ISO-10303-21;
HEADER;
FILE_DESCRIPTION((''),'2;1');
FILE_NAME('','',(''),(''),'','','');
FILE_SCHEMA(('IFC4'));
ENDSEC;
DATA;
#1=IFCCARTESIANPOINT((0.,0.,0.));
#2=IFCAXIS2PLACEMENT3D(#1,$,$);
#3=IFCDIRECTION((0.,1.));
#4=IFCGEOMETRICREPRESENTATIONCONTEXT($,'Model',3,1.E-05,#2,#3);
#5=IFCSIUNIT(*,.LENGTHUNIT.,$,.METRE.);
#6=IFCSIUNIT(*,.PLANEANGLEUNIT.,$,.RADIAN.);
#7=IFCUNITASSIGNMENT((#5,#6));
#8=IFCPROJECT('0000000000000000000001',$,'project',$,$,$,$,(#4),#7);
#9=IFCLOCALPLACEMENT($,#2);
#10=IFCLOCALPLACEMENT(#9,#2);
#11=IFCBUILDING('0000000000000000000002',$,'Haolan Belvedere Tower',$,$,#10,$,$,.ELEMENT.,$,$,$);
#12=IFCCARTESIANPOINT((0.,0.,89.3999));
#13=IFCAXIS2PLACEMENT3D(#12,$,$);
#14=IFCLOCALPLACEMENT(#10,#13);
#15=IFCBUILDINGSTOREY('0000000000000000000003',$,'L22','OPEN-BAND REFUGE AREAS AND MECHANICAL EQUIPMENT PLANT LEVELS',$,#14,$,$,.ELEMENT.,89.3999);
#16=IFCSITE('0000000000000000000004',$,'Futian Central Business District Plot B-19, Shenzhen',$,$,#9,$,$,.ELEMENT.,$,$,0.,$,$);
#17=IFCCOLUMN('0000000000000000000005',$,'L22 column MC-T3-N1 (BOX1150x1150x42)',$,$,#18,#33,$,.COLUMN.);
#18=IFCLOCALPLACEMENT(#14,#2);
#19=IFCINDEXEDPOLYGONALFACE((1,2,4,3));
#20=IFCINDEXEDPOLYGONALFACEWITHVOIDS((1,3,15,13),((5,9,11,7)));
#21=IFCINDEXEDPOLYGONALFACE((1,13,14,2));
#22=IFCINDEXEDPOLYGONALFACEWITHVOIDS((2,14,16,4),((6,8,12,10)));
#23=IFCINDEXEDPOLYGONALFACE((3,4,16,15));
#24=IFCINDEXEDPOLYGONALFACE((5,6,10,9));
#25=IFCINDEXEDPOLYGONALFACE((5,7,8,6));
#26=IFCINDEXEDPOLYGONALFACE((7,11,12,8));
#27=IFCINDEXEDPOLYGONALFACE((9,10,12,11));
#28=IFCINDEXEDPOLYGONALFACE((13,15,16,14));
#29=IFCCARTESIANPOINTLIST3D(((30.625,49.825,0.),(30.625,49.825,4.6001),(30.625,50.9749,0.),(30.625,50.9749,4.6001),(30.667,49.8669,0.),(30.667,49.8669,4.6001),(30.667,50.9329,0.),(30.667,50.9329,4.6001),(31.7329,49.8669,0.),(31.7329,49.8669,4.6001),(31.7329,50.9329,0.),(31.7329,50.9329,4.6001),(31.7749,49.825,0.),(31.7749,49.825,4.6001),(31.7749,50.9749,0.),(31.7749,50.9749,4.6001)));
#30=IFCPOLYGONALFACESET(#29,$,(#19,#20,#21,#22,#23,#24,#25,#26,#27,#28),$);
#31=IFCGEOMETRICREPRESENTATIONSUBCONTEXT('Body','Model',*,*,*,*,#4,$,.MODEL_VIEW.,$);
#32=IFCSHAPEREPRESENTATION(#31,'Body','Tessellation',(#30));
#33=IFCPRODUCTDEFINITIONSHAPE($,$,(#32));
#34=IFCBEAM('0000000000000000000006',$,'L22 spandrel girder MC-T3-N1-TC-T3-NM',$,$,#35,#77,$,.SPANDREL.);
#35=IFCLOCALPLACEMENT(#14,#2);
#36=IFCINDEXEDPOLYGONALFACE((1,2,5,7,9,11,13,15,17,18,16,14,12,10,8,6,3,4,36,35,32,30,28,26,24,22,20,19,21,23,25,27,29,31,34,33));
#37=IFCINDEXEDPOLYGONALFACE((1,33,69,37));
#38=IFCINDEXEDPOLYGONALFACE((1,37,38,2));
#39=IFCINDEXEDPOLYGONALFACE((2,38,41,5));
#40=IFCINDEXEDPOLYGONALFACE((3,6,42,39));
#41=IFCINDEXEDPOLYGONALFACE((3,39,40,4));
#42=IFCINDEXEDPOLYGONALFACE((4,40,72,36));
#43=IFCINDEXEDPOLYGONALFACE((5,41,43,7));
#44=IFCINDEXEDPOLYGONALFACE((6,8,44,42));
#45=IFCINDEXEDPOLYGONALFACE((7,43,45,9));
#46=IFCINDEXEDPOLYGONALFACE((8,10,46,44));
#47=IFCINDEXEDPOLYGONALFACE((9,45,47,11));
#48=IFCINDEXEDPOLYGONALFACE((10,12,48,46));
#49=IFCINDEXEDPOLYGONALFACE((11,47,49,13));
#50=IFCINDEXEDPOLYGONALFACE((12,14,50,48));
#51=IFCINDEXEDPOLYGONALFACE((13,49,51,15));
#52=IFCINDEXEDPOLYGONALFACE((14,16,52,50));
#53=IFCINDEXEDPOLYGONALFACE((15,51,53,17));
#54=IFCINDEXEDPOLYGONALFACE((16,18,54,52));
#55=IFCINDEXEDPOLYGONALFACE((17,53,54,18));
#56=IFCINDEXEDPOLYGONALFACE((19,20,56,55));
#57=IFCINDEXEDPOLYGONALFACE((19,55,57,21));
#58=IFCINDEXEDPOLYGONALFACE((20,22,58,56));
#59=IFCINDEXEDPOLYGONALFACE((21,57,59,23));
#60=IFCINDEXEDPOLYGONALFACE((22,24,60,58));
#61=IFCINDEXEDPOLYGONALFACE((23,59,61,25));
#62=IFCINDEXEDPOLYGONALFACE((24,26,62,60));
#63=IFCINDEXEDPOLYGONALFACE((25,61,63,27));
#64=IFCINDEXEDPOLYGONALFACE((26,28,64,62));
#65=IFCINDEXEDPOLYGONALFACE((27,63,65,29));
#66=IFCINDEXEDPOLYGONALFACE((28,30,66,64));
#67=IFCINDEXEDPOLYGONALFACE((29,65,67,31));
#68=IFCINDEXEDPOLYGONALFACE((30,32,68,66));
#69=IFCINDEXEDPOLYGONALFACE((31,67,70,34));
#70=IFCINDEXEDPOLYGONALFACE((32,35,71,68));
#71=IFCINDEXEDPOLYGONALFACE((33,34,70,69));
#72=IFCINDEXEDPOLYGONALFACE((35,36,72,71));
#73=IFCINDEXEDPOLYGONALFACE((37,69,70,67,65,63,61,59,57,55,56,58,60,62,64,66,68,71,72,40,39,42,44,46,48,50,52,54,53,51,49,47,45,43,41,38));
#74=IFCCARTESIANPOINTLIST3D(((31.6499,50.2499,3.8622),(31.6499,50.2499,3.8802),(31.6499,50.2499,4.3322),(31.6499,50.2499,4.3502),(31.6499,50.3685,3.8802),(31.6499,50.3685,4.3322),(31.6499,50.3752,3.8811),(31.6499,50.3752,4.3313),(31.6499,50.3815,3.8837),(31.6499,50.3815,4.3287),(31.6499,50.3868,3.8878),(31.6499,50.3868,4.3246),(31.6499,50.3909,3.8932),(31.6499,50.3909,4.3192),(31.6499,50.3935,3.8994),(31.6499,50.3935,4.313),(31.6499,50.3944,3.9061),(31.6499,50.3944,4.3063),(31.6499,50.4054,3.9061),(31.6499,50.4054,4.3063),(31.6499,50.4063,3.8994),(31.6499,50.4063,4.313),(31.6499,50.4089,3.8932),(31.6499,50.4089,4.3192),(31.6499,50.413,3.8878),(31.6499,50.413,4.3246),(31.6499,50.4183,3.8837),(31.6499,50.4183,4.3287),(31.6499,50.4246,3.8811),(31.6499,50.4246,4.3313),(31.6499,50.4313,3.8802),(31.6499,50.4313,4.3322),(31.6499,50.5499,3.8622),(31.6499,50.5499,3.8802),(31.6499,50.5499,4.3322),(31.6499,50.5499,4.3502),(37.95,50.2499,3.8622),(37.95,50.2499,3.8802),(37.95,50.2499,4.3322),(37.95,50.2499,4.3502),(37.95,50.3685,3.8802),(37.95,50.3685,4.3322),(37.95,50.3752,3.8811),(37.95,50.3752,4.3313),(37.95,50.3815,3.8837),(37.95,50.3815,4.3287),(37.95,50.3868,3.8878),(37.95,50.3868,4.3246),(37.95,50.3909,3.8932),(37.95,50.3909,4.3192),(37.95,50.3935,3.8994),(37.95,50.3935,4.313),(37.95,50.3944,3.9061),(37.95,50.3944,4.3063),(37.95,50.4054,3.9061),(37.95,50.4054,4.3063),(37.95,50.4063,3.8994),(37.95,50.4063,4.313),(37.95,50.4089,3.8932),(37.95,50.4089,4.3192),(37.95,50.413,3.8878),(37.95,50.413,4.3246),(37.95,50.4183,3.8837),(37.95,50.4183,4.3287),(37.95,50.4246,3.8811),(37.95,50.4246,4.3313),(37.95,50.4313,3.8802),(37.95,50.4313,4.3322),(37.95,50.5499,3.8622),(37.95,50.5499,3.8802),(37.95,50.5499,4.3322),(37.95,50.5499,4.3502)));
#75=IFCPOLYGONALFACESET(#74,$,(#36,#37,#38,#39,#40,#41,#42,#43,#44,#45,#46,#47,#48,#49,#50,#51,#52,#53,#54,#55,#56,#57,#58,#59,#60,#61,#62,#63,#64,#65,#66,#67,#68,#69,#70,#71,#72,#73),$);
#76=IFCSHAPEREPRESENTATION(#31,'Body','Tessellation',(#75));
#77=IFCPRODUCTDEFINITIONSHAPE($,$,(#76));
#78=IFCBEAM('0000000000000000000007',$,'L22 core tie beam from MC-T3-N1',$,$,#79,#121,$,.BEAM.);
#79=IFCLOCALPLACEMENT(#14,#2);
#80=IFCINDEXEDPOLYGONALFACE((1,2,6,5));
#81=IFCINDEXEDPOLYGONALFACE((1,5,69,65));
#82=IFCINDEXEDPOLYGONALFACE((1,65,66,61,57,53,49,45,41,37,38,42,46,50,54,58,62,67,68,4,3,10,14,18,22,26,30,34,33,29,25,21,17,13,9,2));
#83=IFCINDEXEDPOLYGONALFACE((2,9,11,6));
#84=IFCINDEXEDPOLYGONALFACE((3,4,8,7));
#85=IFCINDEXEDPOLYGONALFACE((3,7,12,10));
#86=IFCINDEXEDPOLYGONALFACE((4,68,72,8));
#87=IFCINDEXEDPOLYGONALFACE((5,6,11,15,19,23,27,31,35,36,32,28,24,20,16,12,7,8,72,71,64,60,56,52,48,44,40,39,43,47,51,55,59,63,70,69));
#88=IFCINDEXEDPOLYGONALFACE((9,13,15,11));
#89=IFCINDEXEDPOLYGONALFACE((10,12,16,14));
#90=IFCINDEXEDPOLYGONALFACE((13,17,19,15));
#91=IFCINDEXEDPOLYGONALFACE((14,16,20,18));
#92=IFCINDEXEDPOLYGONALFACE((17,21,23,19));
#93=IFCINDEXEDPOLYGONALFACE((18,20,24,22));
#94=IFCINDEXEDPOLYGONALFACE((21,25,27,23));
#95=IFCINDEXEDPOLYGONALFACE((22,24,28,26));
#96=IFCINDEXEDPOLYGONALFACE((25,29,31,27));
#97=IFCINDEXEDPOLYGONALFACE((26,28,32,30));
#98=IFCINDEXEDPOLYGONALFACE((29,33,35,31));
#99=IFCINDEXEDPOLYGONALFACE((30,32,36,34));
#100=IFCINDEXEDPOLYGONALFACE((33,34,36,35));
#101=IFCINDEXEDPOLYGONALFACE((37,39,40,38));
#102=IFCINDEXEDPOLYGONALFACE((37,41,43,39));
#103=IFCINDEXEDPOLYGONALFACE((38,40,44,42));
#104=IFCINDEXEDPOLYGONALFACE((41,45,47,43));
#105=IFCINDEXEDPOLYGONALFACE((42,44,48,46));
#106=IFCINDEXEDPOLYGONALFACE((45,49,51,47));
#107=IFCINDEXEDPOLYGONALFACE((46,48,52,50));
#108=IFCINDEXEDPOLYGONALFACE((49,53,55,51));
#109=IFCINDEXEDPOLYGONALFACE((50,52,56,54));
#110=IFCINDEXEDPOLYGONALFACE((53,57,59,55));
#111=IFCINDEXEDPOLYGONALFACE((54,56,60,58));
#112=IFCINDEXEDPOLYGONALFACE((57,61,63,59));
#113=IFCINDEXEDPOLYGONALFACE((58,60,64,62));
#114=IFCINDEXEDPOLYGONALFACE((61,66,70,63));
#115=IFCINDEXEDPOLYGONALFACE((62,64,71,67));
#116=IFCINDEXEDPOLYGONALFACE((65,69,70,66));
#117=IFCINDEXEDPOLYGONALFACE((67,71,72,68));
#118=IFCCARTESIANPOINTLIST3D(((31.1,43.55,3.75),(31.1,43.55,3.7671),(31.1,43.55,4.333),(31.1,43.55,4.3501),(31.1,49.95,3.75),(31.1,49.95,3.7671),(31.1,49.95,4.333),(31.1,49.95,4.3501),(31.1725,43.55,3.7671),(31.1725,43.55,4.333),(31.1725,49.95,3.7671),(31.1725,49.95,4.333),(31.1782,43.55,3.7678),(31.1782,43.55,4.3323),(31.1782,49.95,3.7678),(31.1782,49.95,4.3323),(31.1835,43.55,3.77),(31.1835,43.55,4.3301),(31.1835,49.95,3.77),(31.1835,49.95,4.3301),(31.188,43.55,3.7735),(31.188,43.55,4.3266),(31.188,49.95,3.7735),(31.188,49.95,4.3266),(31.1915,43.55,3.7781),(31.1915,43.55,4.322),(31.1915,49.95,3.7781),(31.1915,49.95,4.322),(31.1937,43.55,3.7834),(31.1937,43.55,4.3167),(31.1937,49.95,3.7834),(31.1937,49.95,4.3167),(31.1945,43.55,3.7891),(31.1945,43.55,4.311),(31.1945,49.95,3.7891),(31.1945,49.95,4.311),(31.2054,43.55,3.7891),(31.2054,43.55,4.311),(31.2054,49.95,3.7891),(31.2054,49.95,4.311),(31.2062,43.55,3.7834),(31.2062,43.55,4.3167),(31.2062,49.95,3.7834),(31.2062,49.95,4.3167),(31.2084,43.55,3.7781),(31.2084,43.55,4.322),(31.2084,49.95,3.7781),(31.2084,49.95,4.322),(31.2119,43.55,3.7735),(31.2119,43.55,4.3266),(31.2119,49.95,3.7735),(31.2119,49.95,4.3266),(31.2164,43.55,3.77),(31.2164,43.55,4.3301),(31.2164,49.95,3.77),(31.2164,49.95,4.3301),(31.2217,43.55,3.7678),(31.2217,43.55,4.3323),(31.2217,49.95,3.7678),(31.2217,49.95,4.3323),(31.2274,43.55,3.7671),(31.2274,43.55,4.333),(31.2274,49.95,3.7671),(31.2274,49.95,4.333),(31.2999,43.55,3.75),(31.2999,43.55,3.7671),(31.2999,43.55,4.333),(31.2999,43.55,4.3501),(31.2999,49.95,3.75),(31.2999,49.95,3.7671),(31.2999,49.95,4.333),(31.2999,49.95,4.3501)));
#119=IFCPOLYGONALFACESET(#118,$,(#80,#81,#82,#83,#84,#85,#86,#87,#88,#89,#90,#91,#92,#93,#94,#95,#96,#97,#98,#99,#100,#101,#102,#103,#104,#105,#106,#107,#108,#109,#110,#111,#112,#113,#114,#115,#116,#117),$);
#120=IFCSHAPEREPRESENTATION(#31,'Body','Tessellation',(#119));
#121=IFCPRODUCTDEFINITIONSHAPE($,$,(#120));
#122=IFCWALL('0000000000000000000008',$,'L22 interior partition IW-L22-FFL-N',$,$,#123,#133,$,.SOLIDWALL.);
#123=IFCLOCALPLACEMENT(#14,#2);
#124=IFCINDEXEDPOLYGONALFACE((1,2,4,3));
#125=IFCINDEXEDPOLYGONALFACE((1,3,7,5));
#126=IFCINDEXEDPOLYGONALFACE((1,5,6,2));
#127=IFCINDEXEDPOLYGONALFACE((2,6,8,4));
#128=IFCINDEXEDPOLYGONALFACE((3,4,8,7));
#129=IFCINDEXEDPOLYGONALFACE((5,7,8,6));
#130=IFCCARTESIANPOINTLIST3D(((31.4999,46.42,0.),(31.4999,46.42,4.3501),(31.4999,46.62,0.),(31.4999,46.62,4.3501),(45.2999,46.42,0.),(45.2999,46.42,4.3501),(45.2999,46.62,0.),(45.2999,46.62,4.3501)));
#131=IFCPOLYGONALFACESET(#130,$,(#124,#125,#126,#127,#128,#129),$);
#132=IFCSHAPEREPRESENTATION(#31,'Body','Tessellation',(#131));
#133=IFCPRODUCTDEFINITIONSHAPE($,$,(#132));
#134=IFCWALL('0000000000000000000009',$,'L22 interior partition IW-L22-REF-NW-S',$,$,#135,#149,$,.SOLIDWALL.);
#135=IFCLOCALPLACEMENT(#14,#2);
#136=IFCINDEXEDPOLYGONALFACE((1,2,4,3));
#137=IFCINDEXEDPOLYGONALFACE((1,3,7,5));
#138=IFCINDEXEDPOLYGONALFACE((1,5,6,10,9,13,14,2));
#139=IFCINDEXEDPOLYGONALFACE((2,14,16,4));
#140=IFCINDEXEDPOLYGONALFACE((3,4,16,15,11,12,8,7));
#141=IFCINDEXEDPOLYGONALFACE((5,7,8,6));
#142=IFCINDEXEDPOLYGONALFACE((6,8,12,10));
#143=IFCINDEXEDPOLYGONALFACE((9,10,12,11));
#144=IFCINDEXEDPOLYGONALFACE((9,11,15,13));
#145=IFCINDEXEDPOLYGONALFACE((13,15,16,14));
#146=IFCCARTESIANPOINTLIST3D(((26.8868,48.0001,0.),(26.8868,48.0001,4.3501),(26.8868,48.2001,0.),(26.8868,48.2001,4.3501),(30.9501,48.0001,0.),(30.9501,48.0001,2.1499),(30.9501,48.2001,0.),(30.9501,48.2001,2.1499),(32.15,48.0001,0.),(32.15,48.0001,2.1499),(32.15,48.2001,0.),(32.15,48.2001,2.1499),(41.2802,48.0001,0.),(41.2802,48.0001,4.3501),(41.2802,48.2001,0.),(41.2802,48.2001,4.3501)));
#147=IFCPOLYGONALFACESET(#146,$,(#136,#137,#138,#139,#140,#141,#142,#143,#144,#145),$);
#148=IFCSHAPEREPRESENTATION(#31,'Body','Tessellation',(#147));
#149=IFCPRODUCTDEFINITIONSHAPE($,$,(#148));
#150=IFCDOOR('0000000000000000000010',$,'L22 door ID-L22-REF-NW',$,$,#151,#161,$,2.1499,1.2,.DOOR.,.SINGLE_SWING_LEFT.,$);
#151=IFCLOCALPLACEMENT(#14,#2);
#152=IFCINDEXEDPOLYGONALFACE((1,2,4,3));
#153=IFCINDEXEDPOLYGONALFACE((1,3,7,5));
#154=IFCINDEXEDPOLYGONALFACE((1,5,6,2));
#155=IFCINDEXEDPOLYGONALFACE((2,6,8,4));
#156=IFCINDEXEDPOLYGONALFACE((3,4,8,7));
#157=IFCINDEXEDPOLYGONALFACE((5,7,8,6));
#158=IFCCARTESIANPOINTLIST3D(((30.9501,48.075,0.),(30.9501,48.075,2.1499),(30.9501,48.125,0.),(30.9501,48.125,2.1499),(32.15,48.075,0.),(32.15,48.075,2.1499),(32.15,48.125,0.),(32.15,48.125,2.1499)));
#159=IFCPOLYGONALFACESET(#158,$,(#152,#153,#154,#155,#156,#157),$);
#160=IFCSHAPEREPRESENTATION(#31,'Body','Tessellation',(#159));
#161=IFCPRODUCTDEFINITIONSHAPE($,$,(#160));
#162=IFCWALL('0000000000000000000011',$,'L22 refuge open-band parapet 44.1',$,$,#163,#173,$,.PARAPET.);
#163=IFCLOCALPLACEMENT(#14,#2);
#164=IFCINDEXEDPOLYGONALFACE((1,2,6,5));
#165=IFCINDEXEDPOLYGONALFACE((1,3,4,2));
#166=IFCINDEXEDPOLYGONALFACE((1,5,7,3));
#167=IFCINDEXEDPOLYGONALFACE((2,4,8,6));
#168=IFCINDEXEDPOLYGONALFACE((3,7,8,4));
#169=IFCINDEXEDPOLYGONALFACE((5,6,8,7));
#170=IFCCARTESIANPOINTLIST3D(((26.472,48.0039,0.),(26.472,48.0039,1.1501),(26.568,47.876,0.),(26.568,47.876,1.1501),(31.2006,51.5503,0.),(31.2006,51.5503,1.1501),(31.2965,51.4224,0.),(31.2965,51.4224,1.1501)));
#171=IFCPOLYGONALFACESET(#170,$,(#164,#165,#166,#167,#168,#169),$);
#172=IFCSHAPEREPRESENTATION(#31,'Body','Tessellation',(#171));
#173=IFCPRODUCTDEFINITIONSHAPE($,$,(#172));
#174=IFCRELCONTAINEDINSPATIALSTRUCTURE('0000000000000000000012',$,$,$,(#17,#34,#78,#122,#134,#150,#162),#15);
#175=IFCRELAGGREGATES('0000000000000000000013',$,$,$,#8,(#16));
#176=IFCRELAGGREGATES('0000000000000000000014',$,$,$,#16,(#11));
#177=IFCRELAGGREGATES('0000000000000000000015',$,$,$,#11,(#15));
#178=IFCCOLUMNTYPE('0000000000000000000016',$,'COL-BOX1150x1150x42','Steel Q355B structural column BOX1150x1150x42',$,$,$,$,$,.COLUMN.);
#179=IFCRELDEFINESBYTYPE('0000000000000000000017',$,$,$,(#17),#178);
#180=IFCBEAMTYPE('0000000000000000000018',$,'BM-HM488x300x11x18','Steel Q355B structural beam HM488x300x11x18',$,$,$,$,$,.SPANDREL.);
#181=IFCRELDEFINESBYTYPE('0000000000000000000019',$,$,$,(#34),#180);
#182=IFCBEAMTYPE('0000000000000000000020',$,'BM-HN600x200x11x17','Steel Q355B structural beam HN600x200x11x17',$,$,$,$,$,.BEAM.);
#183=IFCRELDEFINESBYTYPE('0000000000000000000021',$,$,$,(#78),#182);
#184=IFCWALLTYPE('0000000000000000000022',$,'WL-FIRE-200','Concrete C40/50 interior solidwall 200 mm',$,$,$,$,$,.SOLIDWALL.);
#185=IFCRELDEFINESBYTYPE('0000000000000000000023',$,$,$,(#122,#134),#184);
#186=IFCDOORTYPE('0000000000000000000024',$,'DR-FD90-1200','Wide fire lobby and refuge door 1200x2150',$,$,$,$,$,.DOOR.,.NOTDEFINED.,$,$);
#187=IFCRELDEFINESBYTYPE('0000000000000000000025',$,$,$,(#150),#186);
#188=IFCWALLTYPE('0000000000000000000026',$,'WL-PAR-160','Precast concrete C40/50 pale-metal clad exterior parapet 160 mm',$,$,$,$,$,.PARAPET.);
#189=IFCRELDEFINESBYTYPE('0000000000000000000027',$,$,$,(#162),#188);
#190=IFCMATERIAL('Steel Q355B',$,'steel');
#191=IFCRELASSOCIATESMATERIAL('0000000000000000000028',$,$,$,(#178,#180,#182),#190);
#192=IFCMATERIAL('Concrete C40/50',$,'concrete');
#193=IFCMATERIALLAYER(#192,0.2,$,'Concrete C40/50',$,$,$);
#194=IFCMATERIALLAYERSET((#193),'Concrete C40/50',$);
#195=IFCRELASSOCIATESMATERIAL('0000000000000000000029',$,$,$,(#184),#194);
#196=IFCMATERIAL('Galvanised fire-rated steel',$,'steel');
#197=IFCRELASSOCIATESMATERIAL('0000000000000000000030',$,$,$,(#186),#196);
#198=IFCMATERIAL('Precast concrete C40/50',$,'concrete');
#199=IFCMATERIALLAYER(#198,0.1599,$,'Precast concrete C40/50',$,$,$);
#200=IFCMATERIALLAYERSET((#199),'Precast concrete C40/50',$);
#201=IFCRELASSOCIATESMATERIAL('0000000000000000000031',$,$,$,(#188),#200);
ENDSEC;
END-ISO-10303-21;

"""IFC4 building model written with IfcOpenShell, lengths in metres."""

from ifc_helpers import new_model, si_unit, direction, frame, frame_2d, origin, origin_2d, place, context, subcontext, project, spatial, rectangle, hollow_rectangle, i_section, extrude, material, layer, layer_set, material_profile, profile_set, type_object, element, fill, save


model = new_model("IFC4")

# Units and contexts
model_context = context("Model", 3, precision=1e-05, world=origin(), true_north=direction((0.0, 1.0)))
body_context = subcontext(model_context, "Body", "Model", "MODEL_VIEW")
ifc_project = project(units=[si_unit("LENGTHUNIT", "METRE"), si_unit("PLANEANGLEUNIT", "RADIAN")], contexts=[model_context])

# Site, building, storey
site_placement = place(None, origin())
site = spatial("IfcSite", under=ifc_project, at=site_placement, Name="Futian Central Business District Plot B-19, Shenzhen", CompositionType="ELEMENT", RefElevation=0.0)
building_placement = place(site_placement, origin())
building = spatial("IfcBuilding", under=site, at=building_placement, Name="Haolan Belvedere Tower", CompositionType="ELEMENT")
storey_placement = place(building_placement, frame((0.0, 0.0, 89.3999)))
storey = spatial("IfcBuildingStorey", under=building, at=storey_placement, Name="L22", Description="OPEN-BAND REFUGE AREAS AND MECHANICAL EQUIPMENT PLANT LEVELS", CompositionType="ELEMENT", Elevation=89.3999)

# Column
ifc_material_1 = material(Name="Steel Q355B", Category="steel")
ifc_material_profile_1 = material_profile(ifc_material_1, hollow_rectangle(XDim=1.1499, YDim=1.1499, WallThickness=0.042, at=origin_2d()), Name="Steel Q355B")
ifc_profile_set_1 = profile_set([ifc_material_profile_1], Name="Steel Q355B")
column_type = type_object("IfcColumnType", Name="COL-BOX1150x1150x42", Description="Steel Q355B structural column BOX1150x1150x42", PredefinedType="COLUMN", material=ifc_profile_set_1)
column_placement = place(storey_placement, frame((31.2, 50.3999, 0.0), z_axis=(0.0, 0.0, 1.0), x_axis=(1.0, 0.0, 0.0)))
element("IfcColumn", 1, at=column_placement, inside=storey, type_object=column_type, Name="L22 column MC-T3-N1 (BOX1150x1150x42)", PredefinedType="COLUMN", context=body_context, shape_type="SweptSolid", body=[
    extrude(hollow_rectangle(XDim=1.1499, YDim=1.1499, WallThickness=0.042, at=origin_2d()), origin(), (0.0, 0.0, 1.0), 4.6001),
])

# Beams
ifc_material_profile_2 = material_profile(ifc_material_1, i_section(OverallWidth=0.3, OverallDepth=0.488, WebThickness=0.011, FlangeThickness=0.0181, FilletRadius=0.0259, at=origin_2d()), Name="Steel Q355B")
ifc_profile_set_2 = profile_set([ifc_material_profile_2], Name="Steel Q355B")
beam_type_1 = type_object("IfcBeamType", Name="BM-HM488x300x11x18", Description="Steel Q355B structural beam HM488x300x11x18", PredefinedType="SPANDREL", material=ifc_profile_set_2)
beam_1_placement = place(storey_placement, frame((31.6499, 50.3999, 4.1062), z_axis=(1.0, 0.0, 0.0), x_axis=(0.0, 1.0, 0.0)))
element("IfcBeam", 2, at=beam_1_placement, inside=storey, type_object=beam_type_1, Name="L22 spandrel girder MC-T3-N1-TC-T3-NM", PredefinedType="SPANDREL", context=body_context, shape_type="SweptSolid", body=[
    extrude(i_section(OverallWidth=0.3, OverallDepth=0.488, WebThickness=0.011, FlangeThickness=0.0181, FilletRadius=0.0259, at=origin_2d()), origin(), (0.0, 0.0, 1.0), 6.3),
])
ifc_material_profile_3 = material_profile(ifc_material_1, i_section(OverallWidth=0.2, OverallDepth=0.6001, WebThickness=0.011, FlangeThickness=0.0171, FilletRadius=0.022, at=origin_2d()), Name="Steel Q355B")
ifc_profile_set_3 = profile_set([ifc_material_profile_3], Name="Steel Q355B")
beam_type_2 = type_object("IfcBeamType", Name="BM-HN600x200x11x17", Description="Steel Q355B structural beam HN600x200x11x17", PredefinedType="BEAM", material=ifc_profile_set_3)
beam_2_placement = place(storey_placement, frame((31.2, 49.95, 4.05), z_axis=(0.0, -1.0, 0.0), x_axis=(1.0, 0.0, 0.0)))
element("IfcBeam", 3, at=beam_2_placement, inside=storey, type_object=beam_type_2, Name="L22 core tie beam from MC-T3-N1", PredefinedType="BEAM", context=body_context, shape_type="SweptSolid", body=[
    extrude(i_section(OverallWidth=0.2, OverallDepth=0.6001, WebThickness=0.011, FlangeThickness=0.0171, FilletRadius=0.022, at=origin_2d()), origin(), (0.0, 0.0, 1.0), 6.3999),
])

# Wall
ifc_material_2 = material(Name="Concrete C40/50", Category="concrete")
ifc_layer_1 = layer(ifc_material_2, 0.2, Name="Concrete C40/50")
ifc_layer_set_1 = layer_set([ifc_layer_1], Name="Concrete C40/50")
wall_type_1 = type_object("IfcWallType", Name="WL-FIRE-200", Description="Concrete C40/50 interior solidwall 200 mm", PredefinedType="SOLIDWALL", material=ifc_layer_set_1)
wall_1_placement = place(storey_placement, frame((31.5, 46.52, 0.0), z_axis=(0.0, 0.0, 1.0), x_axis=(1.0, 0.0, 0.0)))
element("IfcWall", 4, at=wall_1_placement, inside=storey, type_object=wall_type_1, Name="L22 interior partition IW-L22-FFL-N", PredefinedType="SOLIDWALL", context=body_context, shape_type="SweptSolid", body=[
    extrude(rectangle(XDim=13.8, YDim=0.2, at=frame_2d((6.8999, 0.0))), origin(), (0.0, 0.0, 1.0), 4.3501),
])

# Wall, opening, door
wall_2_placement = place(storey_placement, frame((26.8867, 48.1001, 0.0), z_axis=(0.0, 0.0, 1.0), x_axis=(1.0, 0.0, 0.0)))
wall_2 = element("IfcWall", 5, at=wall_2_placement, inside=storey, type_object=wall_type_1, Name="L22 interior partition IW-L22-REF-NW-S", PredefinedType="SOLIDWALL", context=body_context, shape_type="SweptSolid", body=[
    extrude(rectangle(XDim=14.3933, YDim=0.2, at=frame_2d((7.1968, 0.0))), origin(), (0.0, 0.0, 1.0), 4.3501),
])
opening_placement = place(wall_2_placement, frame((4.0632, 0.0, 0.0)))
opening = element("IfcOpeningElement", 6, at=opening_placement, cuts=wall_2, PredefinedType="OPENING", context=body_context, shape_type="SweptSolid", body=[
    extrude(rectangle(XDim=1.2, YDim=2.1499, at=frame_2d((0.6001, 1.075))), frame((0.0, 0.1099, 0.0), z_axis=(0.0, -1.0, 0.0), x_axis=(1.0, 0.0, 0.0)), (0.0, 0.0, 1.0), 0.22),
])
ifc_material_3 = material(Name="Galvanised fire-rated steel", Category="steel")
door_type = type_object("IfcDoorType", Name="DR-FD90-1200", Description="Wide fire lobby and refuge door 1200x2150", OperationType="NOTDEFINED", PredefinedType="DOOR", material=ifc_material_3)
door_placement = place(opening_placement, origin())
door = element("IfcDoor", 7, at=door_placement, inside=storey, type_object=door_type, Name="L22 door ID-L22-REF-NW", OperationType="SINGLE_SWING_LEFT", OverallHeight=2.1499, OverallWidth=1.2, PredefinedType="DOOR", context=body_context, shape_type="SweptSolid", body=[
    extrude(rectangle(XDim=1.2, YDim=2.1499, at=frame_2d((0.6001, 1.075))), frame((0.0, 0.0249, 0.0), z_axis=(0.0, -1.0, 0.0), x_axis=(1.0, 0.0, 0.0)), (0.0, 0.0, 1.0), 0.05),
])
fill(opening, door)

# Wall
ifc_material_4 = material(Name="Precast concrete C40/50", Category="concrete")
ifc_layer_2 = layer(ifc_material_4, 0.1599, Name="Precast concrete C40/50")
ifc_layer_set_2 = layer_set([ifc_layer_2], Name="Precast concrete C40/50")
wall_type_2 = type_object("IfcWallType", Name="WL-PAR-160", Description="Precast concrete C40/50 pale-metal clad exterior parapet 160 mm", PredefinedType="PARAPET", material=ifc_layer_set_2)
wall_3_placement = place(storey_placement, frame((31.2485, 51.4863, 0.0), z_axis=(0.0, 0.0, 1.0), x_axis=(-0.8, -0.6, 0.0)))
element("IfcWall", 8, at=wall_3_placement, inside=storey, type_object=wall_type_2, Name="L22 refuge open-band parapet 44.1", PredefinedType="PARAPET", context=body_context, shape_type="SweptSolid", body=[
    extrude(rectangle(XDim=5.9106, YDim=0.1599, at=frame_2d((2.9553, 0.0))), origin(), (0.0, 0.0, 1.0), 1.1501),
])

save(model, "model.ifc")
